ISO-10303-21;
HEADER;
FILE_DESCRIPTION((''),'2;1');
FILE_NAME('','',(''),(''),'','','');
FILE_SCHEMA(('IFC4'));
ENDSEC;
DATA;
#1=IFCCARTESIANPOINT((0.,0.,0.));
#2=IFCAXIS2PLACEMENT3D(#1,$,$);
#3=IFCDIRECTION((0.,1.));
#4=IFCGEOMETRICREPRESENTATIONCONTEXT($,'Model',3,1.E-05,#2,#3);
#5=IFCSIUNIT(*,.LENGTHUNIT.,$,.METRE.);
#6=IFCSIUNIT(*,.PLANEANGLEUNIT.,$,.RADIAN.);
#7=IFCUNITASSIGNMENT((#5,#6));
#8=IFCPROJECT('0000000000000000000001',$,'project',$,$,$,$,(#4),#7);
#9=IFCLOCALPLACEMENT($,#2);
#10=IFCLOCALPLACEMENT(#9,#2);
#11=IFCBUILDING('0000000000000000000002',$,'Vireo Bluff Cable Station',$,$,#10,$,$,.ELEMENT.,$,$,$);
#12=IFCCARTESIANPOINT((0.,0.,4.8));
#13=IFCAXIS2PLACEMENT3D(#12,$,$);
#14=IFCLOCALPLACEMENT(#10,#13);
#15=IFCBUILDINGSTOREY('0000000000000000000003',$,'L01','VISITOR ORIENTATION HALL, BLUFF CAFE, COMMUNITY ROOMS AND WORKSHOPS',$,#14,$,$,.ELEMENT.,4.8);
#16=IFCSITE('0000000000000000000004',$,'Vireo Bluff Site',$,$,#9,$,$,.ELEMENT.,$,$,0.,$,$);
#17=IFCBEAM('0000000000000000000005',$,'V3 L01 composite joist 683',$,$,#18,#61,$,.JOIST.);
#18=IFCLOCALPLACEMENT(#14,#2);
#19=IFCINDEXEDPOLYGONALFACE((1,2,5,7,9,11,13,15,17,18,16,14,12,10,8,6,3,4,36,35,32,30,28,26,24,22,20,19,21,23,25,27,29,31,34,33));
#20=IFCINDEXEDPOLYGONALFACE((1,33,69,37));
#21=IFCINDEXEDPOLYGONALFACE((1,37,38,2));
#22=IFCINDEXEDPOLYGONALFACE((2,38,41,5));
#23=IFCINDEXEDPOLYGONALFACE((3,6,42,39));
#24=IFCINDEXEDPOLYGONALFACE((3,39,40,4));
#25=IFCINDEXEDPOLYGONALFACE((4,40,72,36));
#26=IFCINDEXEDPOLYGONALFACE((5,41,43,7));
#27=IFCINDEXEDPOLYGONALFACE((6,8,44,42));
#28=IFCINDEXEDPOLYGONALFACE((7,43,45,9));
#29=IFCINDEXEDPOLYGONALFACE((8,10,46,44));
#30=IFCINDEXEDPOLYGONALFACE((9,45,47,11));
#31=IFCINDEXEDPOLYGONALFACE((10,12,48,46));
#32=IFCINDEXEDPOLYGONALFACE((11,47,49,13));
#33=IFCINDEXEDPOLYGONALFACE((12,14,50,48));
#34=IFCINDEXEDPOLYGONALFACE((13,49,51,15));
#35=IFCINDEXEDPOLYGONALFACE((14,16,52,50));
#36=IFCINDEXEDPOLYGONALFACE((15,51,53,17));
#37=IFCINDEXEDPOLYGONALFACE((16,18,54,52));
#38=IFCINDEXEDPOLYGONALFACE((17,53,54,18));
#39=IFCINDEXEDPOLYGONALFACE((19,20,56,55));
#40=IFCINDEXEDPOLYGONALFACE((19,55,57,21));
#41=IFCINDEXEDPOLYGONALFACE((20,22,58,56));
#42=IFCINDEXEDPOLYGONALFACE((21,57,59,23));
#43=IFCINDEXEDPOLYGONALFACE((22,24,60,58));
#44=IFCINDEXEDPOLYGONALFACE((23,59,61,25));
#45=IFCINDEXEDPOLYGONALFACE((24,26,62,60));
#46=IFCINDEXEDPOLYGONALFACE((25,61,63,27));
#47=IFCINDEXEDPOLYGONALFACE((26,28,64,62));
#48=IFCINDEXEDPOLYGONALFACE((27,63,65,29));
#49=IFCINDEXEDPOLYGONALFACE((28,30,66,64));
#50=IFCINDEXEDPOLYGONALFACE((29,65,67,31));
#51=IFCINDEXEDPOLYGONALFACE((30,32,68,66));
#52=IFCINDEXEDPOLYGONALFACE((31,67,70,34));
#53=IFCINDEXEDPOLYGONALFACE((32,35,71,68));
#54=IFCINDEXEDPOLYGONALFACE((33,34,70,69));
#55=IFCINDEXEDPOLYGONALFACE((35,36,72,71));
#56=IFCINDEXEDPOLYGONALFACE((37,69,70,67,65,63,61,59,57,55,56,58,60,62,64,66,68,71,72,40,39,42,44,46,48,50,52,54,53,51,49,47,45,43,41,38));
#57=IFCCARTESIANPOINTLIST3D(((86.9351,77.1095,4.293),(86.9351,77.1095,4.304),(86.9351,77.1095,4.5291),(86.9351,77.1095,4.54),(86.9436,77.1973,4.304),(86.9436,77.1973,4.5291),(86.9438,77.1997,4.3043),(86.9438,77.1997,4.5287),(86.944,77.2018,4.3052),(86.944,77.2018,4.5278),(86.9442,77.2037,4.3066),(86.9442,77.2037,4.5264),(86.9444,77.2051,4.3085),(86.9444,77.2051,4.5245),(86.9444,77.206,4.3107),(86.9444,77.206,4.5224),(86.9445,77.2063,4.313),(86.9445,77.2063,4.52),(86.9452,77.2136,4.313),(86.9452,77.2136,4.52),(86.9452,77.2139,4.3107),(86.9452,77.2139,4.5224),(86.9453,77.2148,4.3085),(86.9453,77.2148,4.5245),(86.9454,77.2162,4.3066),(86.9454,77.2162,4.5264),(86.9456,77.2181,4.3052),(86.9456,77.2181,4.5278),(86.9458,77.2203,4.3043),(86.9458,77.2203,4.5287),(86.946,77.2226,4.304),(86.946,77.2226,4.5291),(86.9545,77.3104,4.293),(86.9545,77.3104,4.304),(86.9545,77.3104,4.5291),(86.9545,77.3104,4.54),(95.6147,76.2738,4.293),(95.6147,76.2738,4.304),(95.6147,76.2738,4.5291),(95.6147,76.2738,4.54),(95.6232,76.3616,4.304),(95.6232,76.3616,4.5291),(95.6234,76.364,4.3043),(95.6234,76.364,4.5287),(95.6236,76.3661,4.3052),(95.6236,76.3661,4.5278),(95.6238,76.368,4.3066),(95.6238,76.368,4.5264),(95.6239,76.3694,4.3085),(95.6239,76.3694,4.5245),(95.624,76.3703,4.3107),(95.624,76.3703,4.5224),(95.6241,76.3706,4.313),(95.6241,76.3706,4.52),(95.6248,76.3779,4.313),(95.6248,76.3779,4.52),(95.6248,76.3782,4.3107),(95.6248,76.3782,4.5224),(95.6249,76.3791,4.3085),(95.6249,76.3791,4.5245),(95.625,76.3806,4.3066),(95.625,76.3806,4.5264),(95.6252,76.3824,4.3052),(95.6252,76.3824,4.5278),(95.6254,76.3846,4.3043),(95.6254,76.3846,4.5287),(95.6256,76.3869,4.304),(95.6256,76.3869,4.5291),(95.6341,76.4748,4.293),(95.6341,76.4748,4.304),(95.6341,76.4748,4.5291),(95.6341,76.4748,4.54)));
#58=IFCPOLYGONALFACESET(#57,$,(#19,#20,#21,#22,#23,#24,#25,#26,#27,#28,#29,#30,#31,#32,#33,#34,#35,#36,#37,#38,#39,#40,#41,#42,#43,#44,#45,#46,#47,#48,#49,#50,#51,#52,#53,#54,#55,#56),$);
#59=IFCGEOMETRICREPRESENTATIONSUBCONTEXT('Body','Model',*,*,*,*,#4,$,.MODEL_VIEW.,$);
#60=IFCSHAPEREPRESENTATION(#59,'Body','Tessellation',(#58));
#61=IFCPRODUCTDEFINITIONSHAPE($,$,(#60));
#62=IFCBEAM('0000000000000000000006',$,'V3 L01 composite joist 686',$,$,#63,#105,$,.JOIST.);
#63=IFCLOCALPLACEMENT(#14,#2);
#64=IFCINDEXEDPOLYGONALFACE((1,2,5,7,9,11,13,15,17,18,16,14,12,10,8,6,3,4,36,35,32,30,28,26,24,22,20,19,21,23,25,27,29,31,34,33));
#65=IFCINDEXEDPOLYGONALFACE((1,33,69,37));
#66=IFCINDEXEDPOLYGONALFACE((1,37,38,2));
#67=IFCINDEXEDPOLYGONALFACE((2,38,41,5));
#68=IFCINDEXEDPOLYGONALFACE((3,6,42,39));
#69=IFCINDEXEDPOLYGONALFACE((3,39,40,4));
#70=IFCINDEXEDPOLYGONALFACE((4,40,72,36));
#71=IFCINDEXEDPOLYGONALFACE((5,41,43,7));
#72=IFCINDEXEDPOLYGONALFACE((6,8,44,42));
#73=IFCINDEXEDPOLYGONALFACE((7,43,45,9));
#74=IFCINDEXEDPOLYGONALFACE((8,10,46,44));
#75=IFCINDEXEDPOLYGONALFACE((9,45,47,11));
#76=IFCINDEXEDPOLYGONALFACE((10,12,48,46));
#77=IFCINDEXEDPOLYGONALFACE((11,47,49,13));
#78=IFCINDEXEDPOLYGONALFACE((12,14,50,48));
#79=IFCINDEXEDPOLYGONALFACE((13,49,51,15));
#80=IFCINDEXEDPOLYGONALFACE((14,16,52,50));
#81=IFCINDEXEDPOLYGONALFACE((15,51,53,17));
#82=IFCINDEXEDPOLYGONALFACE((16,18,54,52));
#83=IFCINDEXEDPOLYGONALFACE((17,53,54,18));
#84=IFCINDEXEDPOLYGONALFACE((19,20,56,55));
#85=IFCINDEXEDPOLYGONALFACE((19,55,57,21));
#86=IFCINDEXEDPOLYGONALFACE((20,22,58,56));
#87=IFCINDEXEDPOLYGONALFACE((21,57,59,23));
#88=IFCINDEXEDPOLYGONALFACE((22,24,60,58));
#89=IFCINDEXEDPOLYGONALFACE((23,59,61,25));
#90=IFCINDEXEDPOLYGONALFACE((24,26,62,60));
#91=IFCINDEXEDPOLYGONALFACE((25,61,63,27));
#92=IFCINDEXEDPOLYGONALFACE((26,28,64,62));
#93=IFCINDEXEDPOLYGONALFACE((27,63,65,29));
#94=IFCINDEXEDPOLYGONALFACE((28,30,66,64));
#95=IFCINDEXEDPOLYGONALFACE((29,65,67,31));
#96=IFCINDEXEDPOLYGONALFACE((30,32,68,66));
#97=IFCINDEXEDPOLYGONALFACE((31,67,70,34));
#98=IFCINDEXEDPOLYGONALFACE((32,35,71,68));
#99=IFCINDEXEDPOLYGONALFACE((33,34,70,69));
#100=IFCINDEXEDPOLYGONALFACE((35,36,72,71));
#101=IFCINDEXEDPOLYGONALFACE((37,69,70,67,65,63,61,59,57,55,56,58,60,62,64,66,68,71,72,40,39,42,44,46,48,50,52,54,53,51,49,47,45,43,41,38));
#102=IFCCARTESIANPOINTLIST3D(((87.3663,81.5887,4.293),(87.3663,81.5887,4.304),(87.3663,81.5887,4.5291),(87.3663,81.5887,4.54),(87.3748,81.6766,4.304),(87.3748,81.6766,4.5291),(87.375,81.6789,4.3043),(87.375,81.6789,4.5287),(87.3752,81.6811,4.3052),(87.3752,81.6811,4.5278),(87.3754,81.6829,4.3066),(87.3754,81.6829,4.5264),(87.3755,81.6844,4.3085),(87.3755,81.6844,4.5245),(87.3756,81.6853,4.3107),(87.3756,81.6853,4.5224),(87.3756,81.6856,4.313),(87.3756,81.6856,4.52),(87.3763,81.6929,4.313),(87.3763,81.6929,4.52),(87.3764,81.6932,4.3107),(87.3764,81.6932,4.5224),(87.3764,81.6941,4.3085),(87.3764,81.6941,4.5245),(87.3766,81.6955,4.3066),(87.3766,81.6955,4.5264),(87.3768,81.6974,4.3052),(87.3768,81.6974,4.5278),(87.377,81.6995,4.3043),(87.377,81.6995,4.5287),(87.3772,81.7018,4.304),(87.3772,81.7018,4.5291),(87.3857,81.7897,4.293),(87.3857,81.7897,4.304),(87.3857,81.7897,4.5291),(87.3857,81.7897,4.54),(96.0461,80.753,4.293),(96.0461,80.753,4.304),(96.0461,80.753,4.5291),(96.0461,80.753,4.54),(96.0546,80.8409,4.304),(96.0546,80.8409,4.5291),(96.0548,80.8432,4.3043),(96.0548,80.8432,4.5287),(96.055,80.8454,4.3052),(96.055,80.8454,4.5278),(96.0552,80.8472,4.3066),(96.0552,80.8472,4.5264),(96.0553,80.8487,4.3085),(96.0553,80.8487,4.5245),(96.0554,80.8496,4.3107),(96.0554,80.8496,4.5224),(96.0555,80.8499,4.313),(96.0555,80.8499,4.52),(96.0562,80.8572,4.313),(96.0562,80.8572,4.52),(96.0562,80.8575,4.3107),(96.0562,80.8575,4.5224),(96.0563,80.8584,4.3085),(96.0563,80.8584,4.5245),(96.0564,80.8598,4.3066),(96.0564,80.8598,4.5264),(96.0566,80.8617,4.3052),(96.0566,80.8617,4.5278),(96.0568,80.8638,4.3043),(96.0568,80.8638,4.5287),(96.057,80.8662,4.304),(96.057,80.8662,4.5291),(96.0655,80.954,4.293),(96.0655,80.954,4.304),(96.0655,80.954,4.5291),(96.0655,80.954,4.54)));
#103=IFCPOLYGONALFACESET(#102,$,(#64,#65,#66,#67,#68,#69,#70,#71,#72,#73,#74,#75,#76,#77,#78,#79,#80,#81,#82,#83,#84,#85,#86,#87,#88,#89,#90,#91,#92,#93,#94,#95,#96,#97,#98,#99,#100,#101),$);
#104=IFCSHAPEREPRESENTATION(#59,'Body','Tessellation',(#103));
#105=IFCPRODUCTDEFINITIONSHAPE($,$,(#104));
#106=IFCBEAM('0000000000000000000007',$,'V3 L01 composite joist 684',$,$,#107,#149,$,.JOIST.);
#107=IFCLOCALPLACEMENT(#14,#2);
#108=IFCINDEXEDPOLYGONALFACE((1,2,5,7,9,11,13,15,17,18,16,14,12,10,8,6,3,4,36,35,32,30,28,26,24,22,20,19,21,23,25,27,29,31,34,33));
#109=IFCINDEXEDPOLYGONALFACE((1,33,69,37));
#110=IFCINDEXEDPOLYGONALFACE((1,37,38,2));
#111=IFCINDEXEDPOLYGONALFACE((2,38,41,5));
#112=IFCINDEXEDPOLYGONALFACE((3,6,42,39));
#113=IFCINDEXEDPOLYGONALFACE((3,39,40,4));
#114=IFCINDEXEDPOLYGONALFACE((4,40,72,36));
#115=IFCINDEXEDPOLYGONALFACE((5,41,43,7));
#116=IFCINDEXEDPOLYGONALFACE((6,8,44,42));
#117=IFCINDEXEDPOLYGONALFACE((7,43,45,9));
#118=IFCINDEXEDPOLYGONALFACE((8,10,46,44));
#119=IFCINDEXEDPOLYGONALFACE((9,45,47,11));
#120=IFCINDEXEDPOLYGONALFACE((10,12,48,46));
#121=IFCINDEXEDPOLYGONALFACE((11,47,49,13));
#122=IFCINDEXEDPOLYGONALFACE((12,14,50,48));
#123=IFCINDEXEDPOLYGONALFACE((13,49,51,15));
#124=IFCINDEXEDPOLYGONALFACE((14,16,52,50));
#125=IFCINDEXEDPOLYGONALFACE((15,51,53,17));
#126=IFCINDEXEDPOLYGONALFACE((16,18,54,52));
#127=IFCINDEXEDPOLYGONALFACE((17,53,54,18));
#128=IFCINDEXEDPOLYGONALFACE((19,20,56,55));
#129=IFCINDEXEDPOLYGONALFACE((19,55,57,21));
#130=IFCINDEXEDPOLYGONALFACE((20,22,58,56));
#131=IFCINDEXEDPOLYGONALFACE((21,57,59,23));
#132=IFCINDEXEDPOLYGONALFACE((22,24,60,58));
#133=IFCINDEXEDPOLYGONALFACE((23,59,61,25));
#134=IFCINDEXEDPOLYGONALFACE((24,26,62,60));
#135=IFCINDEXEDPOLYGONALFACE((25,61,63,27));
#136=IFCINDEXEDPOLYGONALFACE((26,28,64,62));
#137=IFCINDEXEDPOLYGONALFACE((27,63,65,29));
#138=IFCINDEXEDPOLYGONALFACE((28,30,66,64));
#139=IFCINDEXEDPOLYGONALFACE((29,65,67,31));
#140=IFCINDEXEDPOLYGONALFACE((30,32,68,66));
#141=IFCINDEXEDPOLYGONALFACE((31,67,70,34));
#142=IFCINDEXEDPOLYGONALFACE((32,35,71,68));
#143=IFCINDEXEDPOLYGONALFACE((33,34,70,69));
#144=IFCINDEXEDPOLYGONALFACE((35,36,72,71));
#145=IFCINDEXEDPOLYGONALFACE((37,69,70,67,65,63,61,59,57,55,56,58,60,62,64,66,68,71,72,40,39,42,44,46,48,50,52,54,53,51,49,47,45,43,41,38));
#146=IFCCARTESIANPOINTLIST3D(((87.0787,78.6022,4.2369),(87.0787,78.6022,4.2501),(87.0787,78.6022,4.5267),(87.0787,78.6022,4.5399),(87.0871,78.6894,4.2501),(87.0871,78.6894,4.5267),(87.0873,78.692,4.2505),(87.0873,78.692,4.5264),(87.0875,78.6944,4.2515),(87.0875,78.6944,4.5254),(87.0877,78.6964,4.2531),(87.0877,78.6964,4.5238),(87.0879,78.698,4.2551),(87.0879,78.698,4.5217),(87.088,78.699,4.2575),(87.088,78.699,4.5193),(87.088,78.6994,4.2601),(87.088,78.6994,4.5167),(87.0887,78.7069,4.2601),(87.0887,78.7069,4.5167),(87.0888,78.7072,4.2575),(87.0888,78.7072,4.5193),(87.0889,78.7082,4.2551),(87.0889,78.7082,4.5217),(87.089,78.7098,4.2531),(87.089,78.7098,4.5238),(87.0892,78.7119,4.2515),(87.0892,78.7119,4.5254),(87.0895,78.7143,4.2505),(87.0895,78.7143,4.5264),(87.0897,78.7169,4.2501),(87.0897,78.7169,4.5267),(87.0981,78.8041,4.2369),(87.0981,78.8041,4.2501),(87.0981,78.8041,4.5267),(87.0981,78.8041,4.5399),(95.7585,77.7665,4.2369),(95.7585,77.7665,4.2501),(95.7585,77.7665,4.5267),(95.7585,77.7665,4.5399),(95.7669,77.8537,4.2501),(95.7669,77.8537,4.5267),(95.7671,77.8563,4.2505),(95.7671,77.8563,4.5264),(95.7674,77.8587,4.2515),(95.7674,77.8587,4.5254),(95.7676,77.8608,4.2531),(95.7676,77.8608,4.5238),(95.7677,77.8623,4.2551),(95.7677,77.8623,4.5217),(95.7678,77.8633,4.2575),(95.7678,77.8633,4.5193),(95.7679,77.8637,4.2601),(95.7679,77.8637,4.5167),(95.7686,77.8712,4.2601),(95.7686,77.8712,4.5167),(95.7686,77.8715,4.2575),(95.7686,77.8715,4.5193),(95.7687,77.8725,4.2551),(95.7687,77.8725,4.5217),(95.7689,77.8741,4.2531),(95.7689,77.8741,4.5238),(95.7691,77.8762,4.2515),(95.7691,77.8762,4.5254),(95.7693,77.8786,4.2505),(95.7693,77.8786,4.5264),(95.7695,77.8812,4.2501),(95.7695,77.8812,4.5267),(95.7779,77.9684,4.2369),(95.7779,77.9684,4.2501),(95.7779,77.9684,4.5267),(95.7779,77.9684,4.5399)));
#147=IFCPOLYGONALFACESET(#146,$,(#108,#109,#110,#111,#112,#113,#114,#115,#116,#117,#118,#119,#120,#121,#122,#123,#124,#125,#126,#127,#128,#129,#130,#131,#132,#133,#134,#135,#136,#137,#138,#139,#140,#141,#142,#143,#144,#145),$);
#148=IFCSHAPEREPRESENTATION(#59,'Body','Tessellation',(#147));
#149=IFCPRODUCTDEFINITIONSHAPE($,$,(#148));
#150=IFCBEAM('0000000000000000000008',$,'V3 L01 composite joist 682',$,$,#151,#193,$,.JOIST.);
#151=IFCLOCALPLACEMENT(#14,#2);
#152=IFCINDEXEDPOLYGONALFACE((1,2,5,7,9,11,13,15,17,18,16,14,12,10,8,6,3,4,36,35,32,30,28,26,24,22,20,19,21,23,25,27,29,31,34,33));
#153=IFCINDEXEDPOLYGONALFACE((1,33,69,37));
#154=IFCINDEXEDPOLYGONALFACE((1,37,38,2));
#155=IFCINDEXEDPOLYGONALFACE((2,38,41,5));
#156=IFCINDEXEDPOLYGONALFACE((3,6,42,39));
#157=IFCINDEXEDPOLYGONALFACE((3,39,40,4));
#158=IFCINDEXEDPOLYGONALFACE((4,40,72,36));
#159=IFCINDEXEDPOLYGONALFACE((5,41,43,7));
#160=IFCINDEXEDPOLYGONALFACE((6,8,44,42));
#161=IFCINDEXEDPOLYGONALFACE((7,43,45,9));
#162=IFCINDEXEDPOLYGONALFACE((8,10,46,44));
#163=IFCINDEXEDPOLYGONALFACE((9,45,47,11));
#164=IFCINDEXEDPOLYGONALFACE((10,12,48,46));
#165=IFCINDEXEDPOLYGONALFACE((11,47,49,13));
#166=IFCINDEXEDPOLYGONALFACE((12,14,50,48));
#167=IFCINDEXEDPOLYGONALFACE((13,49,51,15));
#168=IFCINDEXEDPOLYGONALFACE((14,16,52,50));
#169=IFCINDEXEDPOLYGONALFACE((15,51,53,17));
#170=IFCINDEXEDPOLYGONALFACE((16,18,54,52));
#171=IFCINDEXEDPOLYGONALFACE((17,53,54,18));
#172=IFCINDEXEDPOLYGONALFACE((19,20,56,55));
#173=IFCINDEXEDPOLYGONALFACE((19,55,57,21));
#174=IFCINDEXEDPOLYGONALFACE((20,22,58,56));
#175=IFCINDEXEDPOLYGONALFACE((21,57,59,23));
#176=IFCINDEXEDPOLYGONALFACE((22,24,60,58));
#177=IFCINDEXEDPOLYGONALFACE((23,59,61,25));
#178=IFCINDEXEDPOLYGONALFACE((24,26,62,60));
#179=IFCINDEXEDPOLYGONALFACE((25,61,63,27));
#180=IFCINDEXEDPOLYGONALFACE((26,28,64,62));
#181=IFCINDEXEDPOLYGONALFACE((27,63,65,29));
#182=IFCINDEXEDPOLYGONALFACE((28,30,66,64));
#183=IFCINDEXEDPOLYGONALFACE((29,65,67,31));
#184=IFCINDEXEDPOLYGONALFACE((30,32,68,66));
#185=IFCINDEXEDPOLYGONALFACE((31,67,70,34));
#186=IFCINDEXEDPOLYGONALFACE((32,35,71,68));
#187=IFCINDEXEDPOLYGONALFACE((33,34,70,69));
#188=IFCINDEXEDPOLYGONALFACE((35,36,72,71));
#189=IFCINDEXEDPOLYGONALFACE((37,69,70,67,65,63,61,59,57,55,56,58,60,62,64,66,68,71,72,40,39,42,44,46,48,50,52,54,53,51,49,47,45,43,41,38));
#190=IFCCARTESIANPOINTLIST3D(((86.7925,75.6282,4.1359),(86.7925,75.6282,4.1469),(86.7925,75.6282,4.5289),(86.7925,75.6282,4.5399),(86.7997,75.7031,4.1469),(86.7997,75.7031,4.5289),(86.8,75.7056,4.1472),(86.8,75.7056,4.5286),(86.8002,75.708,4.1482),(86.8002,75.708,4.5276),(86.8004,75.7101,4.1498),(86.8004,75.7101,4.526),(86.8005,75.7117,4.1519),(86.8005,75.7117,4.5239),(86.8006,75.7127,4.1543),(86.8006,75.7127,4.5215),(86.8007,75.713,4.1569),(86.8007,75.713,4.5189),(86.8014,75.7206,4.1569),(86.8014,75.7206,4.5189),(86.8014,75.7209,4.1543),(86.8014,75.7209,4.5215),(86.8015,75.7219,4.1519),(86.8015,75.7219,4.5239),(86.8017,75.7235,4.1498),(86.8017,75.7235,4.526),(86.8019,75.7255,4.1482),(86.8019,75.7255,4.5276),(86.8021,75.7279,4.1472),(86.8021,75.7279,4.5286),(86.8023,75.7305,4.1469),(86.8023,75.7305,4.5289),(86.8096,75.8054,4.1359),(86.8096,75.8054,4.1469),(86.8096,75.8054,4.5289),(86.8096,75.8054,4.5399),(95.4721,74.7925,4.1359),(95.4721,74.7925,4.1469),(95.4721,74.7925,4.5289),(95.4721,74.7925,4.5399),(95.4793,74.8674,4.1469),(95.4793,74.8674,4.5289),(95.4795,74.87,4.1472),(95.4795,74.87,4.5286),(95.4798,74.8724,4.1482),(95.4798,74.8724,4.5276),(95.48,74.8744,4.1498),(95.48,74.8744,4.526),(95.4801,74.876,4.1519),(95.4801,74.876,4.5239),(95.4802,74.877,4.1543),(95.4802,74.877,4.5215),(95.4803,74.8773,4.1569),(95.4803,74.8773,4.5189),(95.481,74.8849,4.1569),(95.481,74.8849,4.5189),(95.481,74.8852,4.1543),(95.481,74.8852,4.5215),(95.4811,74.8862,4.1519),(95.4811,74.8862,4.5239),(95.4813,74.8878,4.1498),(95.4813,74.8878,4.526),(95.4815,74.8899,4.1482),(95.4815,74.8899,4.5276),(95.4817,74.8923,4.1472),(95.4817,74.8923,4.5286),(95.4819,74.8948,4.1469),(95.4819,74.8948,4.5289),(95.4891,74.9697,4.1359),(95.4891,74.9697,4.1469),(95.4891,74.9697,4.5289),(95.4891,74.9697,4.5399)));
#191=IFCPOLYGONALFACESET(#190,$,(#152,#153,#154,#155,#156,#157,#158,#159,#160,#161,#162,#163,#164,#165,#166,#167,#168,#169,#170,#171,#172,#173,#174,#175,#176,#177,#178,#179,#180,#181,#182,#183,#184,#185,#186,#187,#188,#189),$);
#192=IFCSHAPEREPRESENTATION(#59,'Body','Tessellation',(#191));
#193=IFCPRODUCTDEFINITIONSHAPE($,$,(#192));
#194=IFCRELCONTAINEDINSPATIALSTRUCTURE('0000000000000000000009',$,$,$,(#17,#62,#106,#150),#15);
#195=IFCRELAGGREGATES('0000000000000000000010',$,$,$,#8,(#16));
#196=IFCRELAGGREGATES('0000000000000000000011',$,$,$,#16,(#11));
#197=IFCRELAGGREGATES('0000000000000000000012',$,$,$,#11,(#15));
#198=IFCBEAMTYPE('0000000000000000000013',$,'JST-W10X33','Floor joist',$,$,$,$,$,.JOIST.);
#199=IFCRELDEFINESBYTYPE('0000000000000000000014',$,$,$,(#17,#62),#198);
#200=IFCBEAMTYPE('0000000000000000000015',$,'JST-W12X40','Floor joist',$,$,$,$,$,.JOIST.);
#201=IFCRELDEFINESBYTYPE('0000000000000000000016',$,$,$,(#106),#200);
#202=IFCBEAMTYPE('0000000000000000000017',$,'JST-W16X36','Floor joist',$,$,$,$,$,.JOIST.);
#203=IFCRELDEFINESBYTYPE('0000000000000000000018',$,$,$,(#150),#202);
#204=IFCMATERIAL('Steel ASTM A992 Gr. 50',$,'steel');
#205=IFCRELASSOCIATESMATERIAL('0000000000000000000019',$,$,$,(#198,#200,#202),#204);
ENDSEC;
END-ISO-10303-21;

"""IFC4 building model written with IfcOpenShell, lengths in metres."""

from ifc_helpers import new_model, si_unit, direction, frame, origin, origin_2d, place, context, subcontext, project, spatial, i_section, extrude, material, material_profile, profile_set, type_object, element, save


model = new_model("IFC4")

# Units and contexts
model_context = context("Model", 3, precision=1e-05, world=origin(), true_north=direction((0.0, 1.0)))
body_context = subcontext(model_context, "Body", "Model", "MODEL_VIEW")
ifc_project = project(units=[si_unit("LENGTHUNIT", "METRE"), si_unit("PLANEANGLEUNIT", "RADIAN")], contexts=[model_context])

# Site, building, storey
site_placement = place(None, origin())
site = spatial("IfcSite", under=ifc_project, at=site_placement, Name="Vireo Bluff Site", CompositionType="ELEMENT", RefElevation=0.0)
building_placement = place(site_placement, origin())
building = spatial("IfcBuilding", under=site, at=building_placement, Name="Vireo Bluff Cable Station", CompositionType="ELEMENT")
storey_placement = place(building_placement, frame((0.0, 0.0, 4.8)))
storey = spatial("IfcBuildingStorey", under=building, at=storey_placement, Name="L01", Description="VISITOR ORIENTATION HALL, BLUFF CAFE, COMMUNITY ROOMS AND WORKSHOPS", CompositionType="ELEMENT", Elevation=4.8)

# Beams
ifc_material_1 = material(Name="Steel ASTM A992 Gr. 50", Category="steel")
ifc_material_profile_1 = material_profile(ifc_material_1, i_section(OverallWidth=0.2019, OverallDepth=0.2471, WebThickness=0.0073, FlangeThickness=0.011, FilletRadius=0.009, at=origin_2d()), Name="W10X33")
ifc_profile_set_1 = profile_set([ifc_material_profile_1], Name="Steel ASTM A992 Gr. 50")
beam_type_1 = type_object("IfcBeamType", Name="JST-W10X33", Description="Floor joist", PredefinedType="JOIST", material=ifc_profile_set_1)
beam_1_placement = place(storey_placement, frame((86.9448, 77.21, 4.4165), z_axis=(0.995397, -0.095838, 0.0), x_axis=(0.095838, 0.995397, 0.0)))
element("IfcBeam", 1, at=beam_1_placement, inside=storey, type_object=beam_type_1, Name="V3 L01 composite joist 683", PredefinedType="JOIST", context=body_context, shape_type="SweptSolid", body=[
    extrude(i_section(OverallWidth=0.2019, OverallDepth=0.2471, WebThickness=0.0073, FlangeThickness=0.011, FilletRadius=0.009, at=origin_2d()), origin(), (0.0, 0.0, 1.0), 8.7197),
])
beam_2_placement = place(storey_placement, frame((87.376, 81.6892, 4.4165), z_axis=(0.995397, -0.095836, 0.0), x_axis=(0.095836, 0.995397, 0.0)))
element("IfcBeam", 2, at=beam_2_placement, inside=storey, type_object=beam_type_1, Name="V3 L01 composite joist 686", PredefinedType="JOIST", context=body_context, shape_type="SweptSolid", body=[
    extrude(i_section(OverallWidth=0.2019, OverallDepth=0.2471, WebThickness=0.0073, FlangeThickness=0.011, FilletRadius=0.009, at=origin_2d()), origin(), (0.0, 0.0, 1.0), 8.72),
])
ifc_material_profile_2 = material_profile(ifc_material_1, i_section(OverallWidth=0.2029, OverallDepth=0.303, WebThickness=0.0076, FlangeThickness=0.0132, FilletRadius=0.01, at=origin_2d()), Name="W12X40")
ifc_profile_set_2 = profile_set([ifc_material_profile_2], Name="Steel ASTM A992 Gr. 50")
beam_type_2 = type_object("IfcBeamType", Name="JST-W12X40", Description="Floor joist", PredefinedType="JOIST", material=ifc_profile_set_2)
beam_3_placement = place(storey_placement, frame((87.0884, 78.7031, 4.3884), z_axis=(0.995397, -0.095836, 0.0), x_axis=(0.095836, 0.995397, 0.0)))
element("IfcBeam", 3, at=beam_3_placement, inside=storey, type_object=beam_type_2, Name="V3 L01 composite joist 684", PredefinedType="JOIST", context=body_context, shape_type="SweptSolid", body=[
    extrude(i_section(OverallWidth=0.2029, OverallDepth=0.303, WebThickness=0.0076, FlangeThickness=0.0132, FilletRadius=0.01, at=origin_2d()), origin(), (0.0, 0.0, 1.0), 8.72),
])
ifc_material_profile_3 = material_profile(ifc_material_1, i_section(OverallWidth=0.178, OverallDepth=0.4041, WebThickness=0.0076, FlangeThickness=0.011, FilletRadius=0.01, at=origin_2d()), Name="W16X36")
ifc_profile_set_3 = profile_set([ifc_material_profile_3], Name="Steel ASTM A992 Gr. 50")
beam_type_3 = type_object("IfcBeamType", Name="JST-W16X36", Description="Floor joist", PredefinedType="JOIST", material=ifc_profile_set_3)
beam_4_placement = place(storey_placement, frame((86.801, 75.7168, 4.3379), z_axis=(0.995397, -0.095838, 0.0), x_axis=(0.095838, 0.995397, 0.0)))
element("IfcBeam", 4, at=beam_4_placement, inside=storey, type_object=beam_type_3, Name="V3 L01 composite joist 682", PredefinedType="JOIST", context=body_context, shape_type="SweptSolid", body=[
    extrude(i_section(OverallWidth=0.178, OverallDepth=0.4041, WebThickness=0.0076, FlangeThickness=0.011, FilletRadius=0.01, at=origin_2d()), origin(), (0.0, 0.0, 1.0), 8.7197),
])

save(model, "model.ifc")
